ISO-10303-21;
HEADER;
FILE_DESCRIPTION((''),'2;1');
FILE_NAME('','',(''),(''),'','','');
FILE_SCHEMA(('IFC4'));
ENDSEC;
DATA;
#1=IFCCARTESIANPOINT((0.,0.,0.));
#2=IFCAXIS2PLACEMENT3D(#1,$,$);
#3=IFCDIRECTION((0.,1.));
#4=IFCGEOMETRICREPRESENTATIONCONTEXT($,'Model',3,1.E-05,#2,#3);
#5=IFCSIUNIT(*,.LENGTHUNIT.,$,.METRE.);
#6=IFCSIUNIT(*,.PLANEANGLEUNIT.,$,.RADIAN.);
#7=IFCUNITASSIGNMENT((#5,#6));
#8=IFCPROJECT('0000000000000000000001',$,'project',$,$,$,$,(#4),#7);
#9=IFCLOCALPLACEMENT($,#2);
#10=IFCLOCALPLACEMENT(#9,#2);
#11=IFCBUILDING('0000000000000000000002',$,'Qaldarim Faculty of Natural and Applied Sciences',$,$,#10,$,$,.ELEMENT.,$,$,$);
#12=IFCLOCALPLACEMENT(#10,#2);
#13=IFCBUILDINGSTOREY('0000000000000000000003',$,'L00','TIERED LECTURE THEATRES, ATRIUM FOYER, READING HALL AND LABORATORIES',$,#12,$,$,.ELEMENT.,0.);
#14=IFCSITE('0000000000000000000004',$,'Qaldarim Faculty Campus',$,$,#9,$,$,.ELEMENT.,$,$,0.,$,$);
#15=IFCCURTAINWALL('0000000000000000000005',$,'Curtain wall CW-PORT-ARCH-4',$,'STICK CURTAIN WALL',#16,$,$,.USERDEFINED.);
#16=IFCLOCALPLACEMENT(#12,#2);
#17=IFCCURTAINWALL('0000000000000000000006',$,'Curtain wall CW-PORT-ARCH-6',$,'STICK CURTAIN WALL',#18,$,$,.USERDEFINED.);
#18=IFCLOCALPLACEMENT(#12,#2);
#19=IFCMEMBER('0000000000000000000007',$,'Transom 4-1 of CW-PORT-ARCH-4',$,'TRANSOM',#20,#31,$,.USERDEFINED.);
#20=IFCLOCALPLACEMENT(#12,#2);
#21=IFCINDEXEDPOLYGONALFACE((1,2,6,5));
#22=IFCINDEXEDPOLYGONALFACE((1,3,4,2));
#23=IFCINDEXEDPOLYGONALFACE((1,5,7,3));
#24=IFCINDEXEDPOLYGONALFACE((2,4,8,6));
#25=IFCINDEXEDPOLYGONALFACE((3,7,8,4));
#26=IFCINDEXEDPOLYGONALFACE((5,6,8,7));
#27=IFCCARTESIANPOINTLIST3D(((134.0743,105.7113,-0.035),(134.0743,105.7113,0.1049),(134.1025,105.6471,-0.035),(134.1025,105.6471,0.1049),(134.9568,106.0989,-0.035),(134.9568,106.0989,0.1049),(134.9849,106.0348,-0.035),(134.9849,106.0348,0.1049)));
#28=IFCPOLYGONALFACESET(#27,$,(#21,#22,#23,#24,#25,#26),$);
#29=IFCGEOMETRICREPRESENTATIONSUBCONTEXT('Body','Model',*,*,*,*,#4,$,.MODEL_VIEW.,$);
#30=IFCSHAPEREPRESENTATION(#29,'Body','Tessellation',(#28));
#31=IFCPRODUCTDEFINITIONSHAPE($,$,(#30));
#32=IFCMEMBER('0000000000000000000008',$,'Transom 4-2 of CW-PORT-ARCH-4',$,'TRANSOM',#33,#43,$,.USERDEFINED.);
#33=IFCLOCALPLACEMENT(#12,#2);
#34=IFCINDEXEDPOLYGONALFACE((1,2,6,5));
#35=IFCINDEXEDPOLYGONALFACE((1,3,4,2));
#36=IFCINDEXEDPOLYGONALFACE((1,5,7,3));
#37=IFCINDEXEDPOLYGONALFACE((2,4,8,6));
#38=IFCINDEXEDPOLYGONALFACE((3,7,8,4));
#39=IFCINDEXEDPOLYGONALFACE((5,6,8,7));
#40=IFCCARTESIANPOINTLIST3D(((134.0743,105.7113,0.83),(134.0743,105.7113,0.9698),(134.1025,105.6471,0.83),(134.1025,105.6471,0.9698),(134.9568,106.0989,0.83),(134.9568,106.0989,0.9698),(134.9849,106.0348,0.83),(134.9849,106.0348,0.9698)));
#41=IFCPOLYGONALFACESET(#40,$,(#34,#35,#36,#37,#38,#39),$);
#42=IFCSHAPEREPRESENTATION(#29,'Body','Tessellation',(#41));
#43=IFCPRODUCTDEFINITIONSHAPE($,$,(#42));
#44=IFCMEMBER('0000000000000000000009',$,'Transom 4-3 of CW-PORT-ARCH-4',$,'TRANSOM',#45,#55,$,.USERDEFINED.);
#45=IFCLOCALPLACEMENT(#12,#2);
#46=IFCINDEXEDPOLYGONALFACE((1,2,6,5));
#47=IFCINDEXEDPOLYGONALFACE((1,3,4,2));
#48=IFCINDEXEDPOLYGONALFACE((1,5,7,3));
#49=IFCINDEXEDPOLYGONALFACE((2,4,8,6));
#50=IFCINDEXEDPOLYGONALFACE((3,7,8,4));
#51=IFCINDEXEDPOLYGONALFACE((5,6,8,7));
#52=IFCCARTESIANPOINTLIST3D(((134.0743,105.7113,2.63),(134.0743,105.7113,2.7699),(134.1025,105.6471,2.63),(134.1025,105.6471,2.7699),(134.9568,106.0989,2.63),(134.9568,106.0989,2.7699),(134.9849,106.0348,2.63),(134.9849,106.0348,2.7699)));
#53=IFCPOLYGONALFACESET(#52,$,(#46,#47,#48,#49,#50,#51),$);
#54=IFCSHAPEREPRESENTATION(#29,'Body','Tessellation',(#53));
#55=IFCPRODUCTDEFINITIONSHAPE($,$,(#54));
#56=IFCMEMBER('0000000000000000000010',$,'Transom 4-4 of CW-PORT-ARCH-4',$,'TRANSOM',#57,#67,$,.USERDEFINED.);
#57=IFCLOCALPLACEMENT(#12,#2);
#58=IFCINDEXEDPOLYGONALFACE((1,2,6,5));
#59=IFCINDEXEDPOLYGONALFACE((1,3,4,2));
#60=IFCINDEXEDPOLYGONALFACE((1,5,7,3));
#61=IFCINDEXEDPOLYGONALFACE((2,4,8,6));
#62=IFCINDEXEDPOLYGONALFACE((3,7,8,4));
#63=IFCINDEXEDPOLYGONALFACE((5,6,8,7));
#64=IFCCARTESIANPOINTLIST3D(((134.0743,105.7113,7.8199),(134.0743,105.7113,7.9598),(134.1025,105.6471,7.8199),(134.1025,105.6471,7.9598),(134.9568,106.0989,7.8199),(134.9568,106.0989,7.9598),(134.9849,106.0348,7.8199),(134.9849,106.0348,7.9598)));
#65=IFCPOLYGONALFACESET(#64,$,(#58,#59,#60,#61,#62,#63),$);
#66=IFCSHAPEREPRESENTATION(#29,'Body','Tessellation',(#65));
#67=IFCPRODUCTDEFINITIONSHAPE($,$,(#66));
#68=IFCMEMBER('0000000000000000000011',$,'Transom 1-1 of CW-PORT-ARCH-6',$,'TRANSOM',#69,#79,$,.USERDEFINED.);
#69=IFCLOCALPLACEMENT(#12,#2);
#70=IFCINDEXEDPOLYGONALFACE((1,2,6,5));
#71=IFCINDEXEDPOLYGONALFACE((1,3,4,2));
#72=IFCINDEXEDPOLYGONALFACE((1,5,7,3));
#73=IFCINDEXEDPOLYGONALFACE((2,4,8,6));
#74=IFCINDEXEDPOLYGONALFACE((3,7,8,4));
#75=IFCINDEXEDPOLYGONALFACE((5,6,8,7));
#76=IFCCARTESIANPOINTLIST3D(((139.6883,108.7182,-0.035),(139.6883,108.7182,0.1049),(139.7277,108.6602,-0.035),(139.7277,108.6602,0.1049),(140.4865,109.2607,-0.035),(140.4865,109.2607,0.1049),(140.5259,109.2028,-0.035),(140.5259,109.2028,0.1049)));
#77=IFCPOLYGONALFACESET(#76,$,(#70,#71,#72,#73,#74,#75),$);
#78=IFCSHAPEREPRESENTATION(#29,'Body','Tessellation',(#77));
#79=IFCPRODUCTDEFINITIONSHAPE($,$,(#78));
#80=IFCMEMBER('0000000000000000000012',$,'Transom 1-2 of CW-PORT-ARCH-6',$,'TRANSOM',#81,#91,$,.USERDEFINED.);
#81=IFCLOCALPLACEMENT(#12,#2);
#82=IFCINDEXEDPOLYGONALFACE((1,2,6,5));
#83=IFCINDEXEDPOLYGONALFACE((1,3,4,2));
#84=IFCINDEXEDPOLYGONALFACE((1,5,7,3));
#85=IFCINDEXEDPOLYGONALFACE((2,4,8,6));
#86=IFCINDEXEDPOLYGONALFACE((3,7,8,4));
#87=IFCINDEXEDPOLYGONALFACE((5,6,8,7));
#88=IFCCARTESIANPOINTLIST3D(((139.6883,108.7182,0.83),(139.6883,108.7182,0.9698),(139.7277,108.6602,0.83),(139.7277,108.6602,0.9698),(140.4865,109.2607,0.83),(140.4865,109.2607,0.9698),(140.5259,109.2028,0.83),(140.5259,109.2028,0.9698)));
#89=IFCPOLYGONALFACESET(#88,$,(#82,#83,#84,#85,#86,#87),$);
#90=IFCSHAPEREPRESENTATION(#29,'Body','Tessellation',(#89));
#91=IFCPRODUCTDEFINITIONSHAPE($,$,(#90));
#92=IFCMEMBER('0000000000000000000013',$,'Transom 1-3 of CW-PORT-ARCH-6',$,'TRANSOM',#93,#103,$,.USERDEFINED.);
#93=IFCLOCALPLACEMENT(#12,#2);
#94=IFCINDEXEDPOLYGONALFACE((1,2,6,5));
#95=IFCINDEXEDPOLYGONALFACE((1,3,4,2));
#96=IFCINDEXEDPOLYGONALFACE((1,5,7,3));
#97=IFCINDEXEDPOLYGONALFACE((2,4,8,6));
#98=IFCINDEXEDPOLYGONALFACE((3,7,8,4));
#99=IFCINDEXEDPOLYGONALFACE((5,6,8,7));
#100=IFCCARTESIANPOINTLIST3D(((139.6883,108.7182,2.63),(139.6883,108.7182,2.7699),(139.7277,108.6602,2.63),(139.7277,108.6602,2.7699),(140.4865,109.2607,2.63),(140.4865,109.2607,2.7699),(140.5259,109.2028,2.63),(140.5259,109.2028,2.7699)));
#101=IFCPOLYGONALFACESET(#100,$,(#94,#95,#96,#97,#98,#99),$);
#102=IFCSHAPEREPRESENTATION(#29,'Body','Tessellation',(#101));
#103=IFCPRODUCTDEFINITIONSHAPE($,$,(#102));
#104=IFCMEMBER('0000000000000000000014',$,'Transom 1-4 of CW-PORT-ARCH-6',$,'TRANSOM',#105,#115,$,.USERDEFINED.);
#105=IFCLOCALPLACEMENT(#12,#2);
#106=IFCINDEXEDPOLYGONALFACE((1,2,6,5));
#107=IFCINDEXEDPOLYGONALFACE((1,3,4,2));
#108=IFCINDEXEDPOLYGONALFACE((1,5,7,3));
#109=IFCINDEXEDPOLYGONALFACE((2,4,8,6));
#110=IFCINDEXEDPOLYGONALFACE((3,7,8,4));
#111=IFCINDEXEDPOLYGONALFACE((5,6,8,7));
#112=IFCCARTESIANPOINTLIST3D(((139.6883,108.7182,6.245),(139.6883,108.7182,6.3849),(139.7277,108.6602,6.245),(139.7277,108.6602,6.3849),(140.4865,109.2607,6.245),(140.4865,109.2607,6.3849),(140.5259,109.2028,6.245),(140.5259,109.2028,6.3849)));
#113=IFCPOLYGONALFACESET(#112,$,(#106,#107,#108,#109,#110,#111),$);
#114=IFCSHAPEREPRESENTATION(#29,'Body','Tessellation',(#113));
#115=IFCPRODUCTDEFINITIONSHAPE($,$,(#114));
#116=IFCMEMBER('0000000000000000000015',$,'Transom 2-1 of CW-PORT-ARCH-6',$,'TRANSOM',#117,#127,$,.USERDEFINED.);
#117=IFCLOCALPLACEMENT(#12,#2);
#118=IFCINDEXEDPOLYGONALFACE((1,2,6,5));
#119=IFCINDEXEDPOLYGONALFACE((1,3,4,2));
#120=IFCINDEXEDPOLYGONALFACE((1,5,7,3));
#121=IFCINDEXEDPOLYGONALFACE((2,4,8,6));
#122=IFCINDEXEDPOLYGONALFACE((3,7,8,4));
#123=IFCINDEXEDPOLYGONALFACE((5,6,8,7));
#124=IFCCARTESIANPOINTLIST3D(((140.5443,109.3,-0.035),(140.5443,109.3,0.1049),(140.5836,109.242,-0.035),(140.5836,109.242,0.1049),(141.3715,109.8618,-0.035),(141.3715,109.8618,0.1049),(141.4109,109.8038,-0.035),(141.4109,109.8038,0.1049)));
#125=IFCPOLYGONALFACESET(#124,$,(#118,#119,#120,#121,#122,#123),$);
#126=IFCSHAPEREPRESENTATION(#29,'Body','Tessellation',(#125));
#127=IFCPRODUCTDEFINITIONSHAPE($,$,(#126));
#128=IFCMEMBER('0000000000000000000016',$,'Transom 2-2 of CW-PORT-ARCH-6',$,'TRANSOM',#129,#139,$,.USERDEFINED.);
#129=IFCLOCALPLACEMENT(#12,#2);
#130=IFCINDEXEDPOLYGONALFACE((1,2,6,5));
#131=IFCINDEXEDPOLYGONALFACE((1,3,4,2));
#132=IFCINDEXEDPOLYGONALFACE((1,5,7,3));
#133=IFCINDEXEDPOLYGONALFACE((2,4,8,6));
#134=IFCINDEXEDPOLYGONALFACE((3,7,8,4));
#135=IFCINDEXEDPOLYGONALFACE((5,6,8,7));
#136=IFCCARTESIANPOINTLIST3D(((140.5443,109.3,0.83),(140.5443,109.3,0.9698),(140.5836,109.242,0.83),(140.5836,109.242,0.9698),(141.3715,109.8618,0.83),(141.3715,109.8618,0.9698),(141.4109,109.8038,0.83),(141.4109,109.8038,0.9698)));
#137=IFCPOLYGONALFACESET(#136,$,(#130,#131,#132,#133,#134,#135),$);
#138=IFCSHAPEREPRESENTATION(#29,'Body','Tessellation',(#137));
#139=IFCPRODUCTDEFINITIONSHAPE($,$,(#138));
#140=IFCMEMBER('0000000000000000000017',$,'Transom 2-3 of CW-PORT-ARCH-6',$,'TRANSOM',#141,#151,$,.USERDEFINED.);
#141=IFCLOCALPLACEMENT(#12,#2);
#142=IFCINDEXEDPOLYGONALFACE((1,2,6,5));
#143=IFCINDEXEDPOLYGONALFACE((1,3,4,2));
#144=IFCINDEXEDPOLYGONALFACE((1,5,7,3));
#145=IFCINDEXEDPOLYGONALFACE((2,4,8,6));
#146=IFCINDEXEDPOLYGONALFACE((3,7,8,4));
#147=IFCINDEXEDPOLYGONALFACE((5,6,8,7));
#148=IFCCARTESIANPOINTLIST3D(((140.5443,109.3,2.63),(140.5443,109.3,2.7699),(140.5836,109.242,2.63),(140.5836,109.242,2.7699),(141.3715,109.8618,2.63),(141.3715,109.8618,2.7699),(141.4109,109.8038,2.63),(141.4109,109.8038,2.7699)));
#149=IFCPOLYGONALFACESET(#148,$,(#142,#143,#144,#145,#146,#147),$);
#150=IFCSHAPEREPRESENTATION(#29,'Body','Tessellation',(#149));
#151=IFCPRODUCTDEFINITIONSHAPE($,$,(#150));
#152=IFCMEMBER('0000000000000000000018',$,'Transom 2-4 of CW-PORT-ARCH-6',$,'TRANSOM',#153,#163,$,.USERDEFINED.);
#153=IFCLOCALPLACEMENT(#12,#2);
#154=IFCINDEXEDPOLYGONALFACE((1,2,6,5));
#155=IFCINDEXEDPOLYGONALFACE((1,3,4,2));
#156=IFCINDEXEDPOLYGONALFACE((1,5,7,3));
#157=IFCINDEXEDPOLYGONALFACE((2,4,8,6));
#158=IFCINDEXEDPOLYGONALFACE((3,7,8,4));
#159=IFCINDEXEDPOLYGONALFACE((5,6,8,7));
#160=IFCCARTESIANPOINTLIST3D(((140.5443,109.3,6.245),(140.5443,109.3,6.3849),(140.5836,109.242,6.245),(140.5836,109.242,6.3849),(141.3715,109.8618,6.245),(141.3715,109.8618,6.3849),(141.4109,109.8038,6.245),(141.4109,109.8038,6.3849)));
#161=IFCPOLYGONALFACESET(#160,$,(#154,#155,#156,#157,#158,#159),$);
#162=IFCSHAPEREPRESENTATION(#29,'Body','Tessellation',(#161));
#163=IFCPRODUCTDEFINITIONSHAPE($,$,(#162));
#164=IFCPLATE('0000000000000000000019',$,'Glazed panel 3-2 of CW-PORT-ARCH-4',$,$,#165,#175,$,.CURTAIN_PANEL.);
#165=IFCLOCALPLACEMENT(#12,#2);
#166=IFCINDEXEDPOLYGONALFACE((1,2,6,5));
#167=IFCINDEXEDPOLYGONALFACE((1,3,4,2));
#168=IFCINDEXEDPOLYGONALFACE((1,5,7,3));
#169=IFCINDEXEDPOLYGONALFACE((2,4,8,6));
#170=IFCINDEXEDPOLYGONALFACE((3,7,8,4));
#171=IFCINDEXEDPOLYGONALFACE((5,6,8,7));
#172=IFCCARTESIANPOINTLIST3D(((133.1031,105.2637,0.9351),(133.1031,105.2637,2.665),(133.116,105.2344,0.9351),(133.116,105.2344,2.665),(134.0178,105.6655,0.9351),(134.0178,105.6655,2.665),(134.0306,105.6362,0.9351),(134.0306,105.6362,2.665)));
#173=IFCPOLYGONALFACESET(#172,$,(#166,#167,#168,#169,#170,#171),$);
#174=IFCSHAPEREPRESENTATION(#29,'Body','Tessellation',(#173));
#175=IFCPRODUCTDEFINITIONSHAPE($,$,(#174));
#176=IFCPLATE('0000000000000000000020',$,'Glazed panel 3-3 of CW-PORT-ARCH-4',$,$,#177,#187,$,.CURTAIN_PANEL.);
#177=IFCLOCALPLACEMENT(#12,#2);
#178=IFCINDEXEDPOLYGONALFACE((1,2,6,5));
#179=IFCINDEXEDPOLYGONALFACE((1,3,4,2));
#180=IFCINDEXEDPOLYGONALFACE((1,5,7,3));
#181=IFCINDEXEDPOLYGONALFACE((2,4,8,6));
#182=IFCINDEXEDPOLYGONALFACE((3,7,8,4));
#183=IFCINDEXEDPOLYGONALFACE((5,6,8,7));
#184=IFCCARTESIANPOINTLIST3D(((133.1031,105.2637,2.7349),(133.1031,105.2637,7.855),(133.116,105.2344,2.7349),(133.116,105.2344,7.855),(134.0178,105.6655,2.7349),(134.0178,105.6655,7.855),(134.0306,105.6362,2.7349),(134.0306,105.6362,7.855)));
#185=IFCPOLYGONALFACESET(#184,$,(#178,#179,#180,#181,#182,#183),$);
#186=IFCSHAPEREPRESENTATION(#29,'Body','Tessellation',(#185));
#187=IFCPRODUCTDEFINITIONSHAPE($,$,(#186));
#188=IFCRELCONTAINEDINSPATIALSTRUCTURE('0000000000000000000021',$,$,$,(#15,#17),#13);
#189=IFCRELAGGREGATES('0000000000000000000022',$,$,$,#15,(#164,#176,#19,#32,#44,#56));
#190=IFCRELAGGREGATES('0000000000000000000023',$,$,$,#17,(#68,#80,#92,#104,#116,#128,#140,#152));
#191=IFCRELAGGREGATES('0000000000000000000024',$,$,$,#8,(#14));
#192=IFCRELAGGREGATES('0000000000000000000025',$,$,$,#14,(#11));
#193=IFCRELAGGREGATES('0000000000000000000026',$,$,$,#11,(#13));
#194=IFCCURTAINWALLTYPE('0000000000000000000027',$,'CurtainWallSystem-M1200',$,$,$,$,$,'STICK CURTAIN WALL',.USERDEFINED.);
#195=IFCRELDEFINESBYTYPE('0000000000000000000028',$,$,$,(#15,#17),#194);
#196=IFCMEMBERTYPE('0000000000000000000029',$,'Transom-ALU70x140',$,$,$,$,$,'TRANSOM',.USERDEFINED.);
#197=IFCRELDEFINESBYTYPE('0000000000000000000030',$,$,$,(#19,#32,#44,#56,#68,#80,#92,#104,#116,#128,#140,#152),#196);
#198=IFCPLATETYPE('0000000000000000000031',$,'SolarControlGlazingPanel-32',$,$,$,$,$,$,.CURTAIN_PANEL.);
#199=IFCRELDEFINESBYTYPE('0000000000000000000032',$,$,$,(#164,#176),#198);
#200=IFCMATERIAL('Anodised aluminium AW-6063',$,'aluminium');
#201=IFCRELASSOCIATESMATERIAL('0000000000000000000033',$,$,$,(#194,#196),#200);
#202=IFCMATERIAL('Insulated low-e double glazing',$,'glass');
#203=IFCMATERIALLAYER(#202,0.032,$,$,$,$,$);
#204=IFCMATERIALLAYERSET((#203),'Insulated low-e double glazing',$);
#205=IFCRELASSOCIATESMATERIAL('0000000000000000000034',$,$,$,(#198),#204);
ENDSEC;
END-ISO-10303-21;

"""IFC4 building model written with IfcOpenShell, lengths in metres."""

from ifc_helpers import new_model, si_unit, direction, frame, origin, origin_2d, place, context, subcontext, project, spatial, rectangle, extrude, material, layer, layer_set, material_profile, profile_set, type_object, element, aggregate, save


model = new_model("IFC4")

# Units and contexts
model_context = context("Model", 3, precision=1e-05, world=origin(), true_north=direction((0.0, 1.0)))
body_context = subcontext(model_context, "Body", "Model", "MODEL_VIEW")
ifc_project = project(units=[si_unit("LENGTHUNIT", "METRE"), si_unit("PLANEANGLEUNIT", "RADIAN")], contexts=[model_context])

# Site, building, storey
site_placement = place(None, origin())
site = spatial("IfcSite", under=ifc_project, at=site_placement, Name="Qaldarim Faculty Campus", CompositionType="ELEMENT", RefElevation=0.0)
building_placement = place(site_placement, origin())
building = spatial("IfcBuilding", under=site, at=building_placement, Name="Qaldarim Faculty of Natural and Applied Sciences", CompositionType="ELEMENT")
storey_placement = place(building_placement, origin())
storey = spatial("IfcBuildingStorey", under=building, at=storey_placement, Name="L00", Description="TIERED LECTURE THEATRES, ATRIUM FOYER, READING HALL AND LABORATORIES", CompositionType="ELEMENT", Elevation=0.0)

# Curtain walls
ifc_material_1 = material(Name="Anodised aluminium AW-6063", Category="aluminium")
curtain_wall_type = type_object("IfcCurtainWallType", Name="CurtainWallSystem-M1200", ElementType="STICK CURTAIN WALL", PredefinedType="USERDEFINED", material=ifc_material_1)
curtain_wall_1_placement = place(storey_placement, origin())
curtain_wall_1 = element("IfcCurtainWall", 1, at=curtain_wall_1_placement, inside=storey, type_object=curtain_wall_type, Name="Curtain wall CW-PORT-ARCH-4", ObjectType="STICK CURTAIN WALL", PredefinedType="USERDEFINED")
curtain_wall_2_placement = place(storey_placement, origin())
curtain_wall_2 = element("IfcCurtainWall", 2, at=curtain_wall_2_placement, inside=storey, type_object=curtain_wall_type, Name="Curtain wall CW-PORT-ARCH-6", ObjectType="STICK CURTAIN WALL", PredefinedType="USERDEFINED")

# Members
ifc_material_profile_1 = material_profile(ifc_material_1, rectangle(XDim=0.0701, YDim=0.1399, at=origin_2d()), Name="ALU-T70x140")
ifc_profile_set_1 = profile_set([ifc_material_profile_1], Name="Anodised aluminium AW-6063")
member_type_1 = type_object("IfcMemberType", Name="Transom-ALU70x140", ElementType="TRANSOM", PredefinedType="USERDEFINED", material=ifc_profile_set_1)
member_1_placement = place(storey_placement, frame((134.0884, 105.6792, 0.0349), z_axis=(0.915558, 0.402187, 0.0), x_axis=(-0.402187, 0.915558, 0.0)))
member_1 = element("IfcMember", 3, at=member_1_placement, type_object=member_type_1, Name="Transom 4-1 of CW-PORT-ARCH-4", ObjectType="TRANSOM", PredefinedType="USERDEFINED", context=body_context, shape_type="SweptSolid", body=[
    extrude(rectangle(XDim=0.0701, YDim=0.1399, at=origin_2d()), origin(), (0.0, 0.0, 1.0), 0.9639),
])
member_2_placement = place(storey_placement, frame((134.0884, 105.6792, 0.8999), z_axis=(0.915558, 0.402187, 0.0), x_axis=(-0.402187, 0.915558, 0.0)))
member_2 = element("IfcMember", 4, at=member_2_placement, type_object=member_type_1, Name="Transom 4-2 of CW-PORT-ARCH-4", ObjectType="TRANSOM", PredefinedType="USERDEFINED", context=body_context, shape_type="SweptSolid", body=[
    extrude(rectangle(XDim=0.0701, YDim=0.1399, at=origin_2d()), origin(), (0.0, 0.0, 1.0), 0.9639),
])
member_3_placement = place(storey_placement, frame((134.0884, 105.6792, 2.7), z_axis=(0.915558, 0.402187, 0.0), x_axis=(-0.402187, 0.915558, 0.0)))
member_3 = element("IfcMember", 5, at=member_3_placement, type_object=member_type_1, Name="Transom 4-3 of CW-PORT-ARCH-4", ObjectType="TRANSOM", PredefinedType="USERDEFINED", context=body_context, shape_type="SweptSolid", body=[
    extrude(rectangle(XDim=0.0701, YDim=0.1399, at=origin_2d()), origin(), (0.0, 0.0, 1.0), 0.9639),
])
member_4_placement = place(storey_placement, frame((134.0884, 105.6792, 7.8899), z_axis=(0.915558, 0.402187, 0.0), x_axis=(-0.402187, 0.915558, 0.0)))
member_4 = element("IfcMember", 6, at=member_4_placement, type_object=member_type_1, Name="Transom 4-4 of CW-PORT-ARCH-4", ObjectType="TRANSOM", PredefinedType="USERDEFINED", context=body_context, shape_type="SweptSolid", body=[
    extrude(rectangle(XDim=0.0701, YDim=0.1399, at=origin_2d()), origin(), (0.0, 0.0, 1.0), 0.9639),
])
member_5_placement = place(storey_placement, frame((139.708, 108.6892, 0.0349), z_axis=(0.827035, 0.562151, 0.0), x_axis=(-0.562151, 0.827035, 0.0)))
member_5 = element("IfcMember", 7, at=member_5_placement, type_object=member_type_1, Name="Transom 1-1 of CW-PORT-ARCH-6", ObjectType="TRANSOM", PredefinedType="USERDEFINED", context=body_context, shape_type="SweptSolid", body=[
    extrude(rectangle(XDim=0.0701, YDim=0.1399, at=origin_2d()), origin(), (0.0, 0.0, 1.0), 0.9651),
])
member_6_placement = place(storey_placement, frame((139.708, 108.6892, 0.8999), z_axis=(0.827035, 0.562151, 0.0), x_axis=(-0.562151, 0.827035, 0.0)))
member_6 = element("IfcMember", 8, at=member_6_placement, type_object=member_type_1, Name="Transom 1-2 of CW-PORT-ARCH-6", ObjectType="TRANSOM", PredefinedType="USERDEFINED", context=body_context, shape_type="SweptSolid", body=[
    extrude(rectangle(XDim=0.0701, YDim=0.1399, at=origin_2d()), origin(), (0.0, 0.0, 1.0), 0.9651),
])
member_7_placement = place(storey_placement, frame((139.708, 108.6892, 2.7), z_axis=(0.827035, 0.562151, 0.0), x_axis=(-0.562151, 0.827035, 0.0)))
member_7 = element("IfcMember", 9, at=member_7_placement, type_object=member_type_1, Name="Transom 1-3 of CW-PORT-ARCH-6", ObjectType="TRANSOM", PredefinedType="USERDEFINED", context=body_context, shape_type="SweptSolid", body=[
    extrude(rectangle(XDim=0.0701, YDim=0.1399, at=origin_2d()), origin(), (0.0, 0.0, 1.0), 0.9651),
])
member_8_placement = place(storey_placement, frame((139.708, 108.6892, 6.3149), z_axis=(0.827035, 0.562151, 0.0), x_axis=(-0.562151, 0.827035, 0.0)))
member_8 = element("IfcMember", 10, at=member_8_placement, type_object=member_type_1, Name="Transom 1-4 of CW-PORT-ARCH-6", ObjectType="TRANSOM", PredefinedType="USERDEFINED", context=body_context, shape_type="SweptSolid", body=[
    extrude(rectangle(XDim=0.0701, YDim=0.1399, at=origin_2d()), origin(), (0.0, 0.0, 1.0), 0.9651),
])
member_9_placement = place(storey_placement, frame((140.564, 109.271, 0.0349), z_axis=(0.827249, 0.561836, 0.0), x_axis=(-0.561836, 0.827249, 0.0)))
member_9 = element("IfcMember", 11, at=member_9_placement, type_object=member_type_1, Name="Transom 2-1 of CW-PORT-ARCH-6", ObjectType="TRANSOM", PredefinedType="USERDEFINED", context=body_context, shape_type="SweptSolid", body=[
    extrude(rectangle(XDim=0.0701, YDim=0.1399, at=origin_2d()), origin(), (0.0, 0.0, 1.0), 1.0),
])
member_10_placement = place(storey_placement, frame((140.564, 109.271, 0.8999), z_axis=(0.827249, 0.561836, 0.0), x_axis=(-0.561836, 0.827249, 0.0)))
member_10 = element("IfcMember", 12, at=member_10_placement, type_object=member_type_1, Name="Transom 2-2 of CW-PORT-ARCH-6", ObjectType="TRANSOM", PredefinedType="USERDEFINED", context=body_context, shape_type="SweptSolid", body=[
    extrude(rectangle(XDim=0.0701, YDim=0.1399, at=origin_2d()), origin(), (0.0, 0.0, 1.0), 1.0),
])
member_11_placement = place(storey_placement, frame((140.564, 109.271, 2.7), z_axis=(0.827249, 0.561836, 0.0), x_axis=(-0.561836, 0.827249, 0.0)))
member_11 = element("IfcMember", 13, at=member_11_placement, type_object=member_type_1, Name="Transom 2-3 of CW-PORT-ARCH-6", ObjectType="TRANSOM", PredefinedType="USERDEFINED", context=body_context, shape_type="SweptSolid", body=[
    extrude(rectangle(XDim=0.0701, YDim=0.1399, at=origin_2d()), origin(), (0.0, 0.0, 1.0), 1.0),
])
member_12_placement = place(storey_placement, frame((140.564, 109.271, 6.3149), z_axis=(0.827249, 0.561836, 0.0), x_axis=(-0.561836, 0.827249, 0.0)))
member_12 = element("IfcMember", 14, at=member_12_placement, type_object=member_type_1, Name="Transom 2-4 of CW-PORT-ARCH-6", ObjectType="TRANSOM", PredefinedType="USERDEFINED", context=body_context, shape_type="SweptSolid", body=[
    extrude(rectangle(XDim=0.0701, YDim=0.1399, at=origin_2d()), origin(), (0.0, 0.0, 1.0), 1.0),
])

# Plates
ifc_material_2 = material(Name="Insulated low-e double glazing", Category="glass")
ifc_layer_1 = layer(ifc_material_2, 0.032)
ifc_layer_set_1 = layer_set([ifc_layer_1], Name="Insulated low-e double glazing")
plate_type = type_object("IfcPlateType", Name="SolarControlGlazingPanel-32", PredefinedType="CURTAIN_PANEL", material=ifc_layer_set_1)
plate_1_placement = place(storey_placement, frame((133.5669, 105.45, 0.9351), z_axis=(0.0, 0.0, 1.0), x_axis=(0.915536, 0.402235, 0.0)))
plate_1 = element("IfcPlate", 15, at=plate_1_placement, type_object=plate_type, Name="Glazed panel 3-2 of CW-PORT-ARCH-4", PredefinedType="CURTAIN_PANEL", context=body_context, shape_type="SweptSolid", body=[
    extrude(rectangle(XDim=0.999, YDim=0.032, at=origin_2d()), origin(), (0.0, 0.0, 1.0), 1.73),
])
plate_2_placement = place(storey_placement, frame((133.5669, 105.45, 2.7349), z_axis=(0.0, 0.0, 1.0), x_axis=(0.915536, 0.402235, 0.0)))
plate_2 = element("IfcPlate", 16, at=plate_2_placement, type_object=plate_type, Name="Glazed panel 3-3 of CW-PORT-ARCH-4", PredefinedType="CURTAIN_PANEL", context=body_context, shape_type="SweptSolid", body=[
    extrude(rectangle(XDim=0.999, YDim=0.032, at=origin_2d()), origin(), (0.0, 0.0, 1.0), 5.1201),
])
aggregate(curtain_wall_1, [plate_1, plate_2, member_1, member_2, member_3, member_4])
aggregate(curtain_wall_2, [member_5, member_6, member_7, member_8, member_9, member_10, member_11, member_12])

save(model, "model.ifc")
